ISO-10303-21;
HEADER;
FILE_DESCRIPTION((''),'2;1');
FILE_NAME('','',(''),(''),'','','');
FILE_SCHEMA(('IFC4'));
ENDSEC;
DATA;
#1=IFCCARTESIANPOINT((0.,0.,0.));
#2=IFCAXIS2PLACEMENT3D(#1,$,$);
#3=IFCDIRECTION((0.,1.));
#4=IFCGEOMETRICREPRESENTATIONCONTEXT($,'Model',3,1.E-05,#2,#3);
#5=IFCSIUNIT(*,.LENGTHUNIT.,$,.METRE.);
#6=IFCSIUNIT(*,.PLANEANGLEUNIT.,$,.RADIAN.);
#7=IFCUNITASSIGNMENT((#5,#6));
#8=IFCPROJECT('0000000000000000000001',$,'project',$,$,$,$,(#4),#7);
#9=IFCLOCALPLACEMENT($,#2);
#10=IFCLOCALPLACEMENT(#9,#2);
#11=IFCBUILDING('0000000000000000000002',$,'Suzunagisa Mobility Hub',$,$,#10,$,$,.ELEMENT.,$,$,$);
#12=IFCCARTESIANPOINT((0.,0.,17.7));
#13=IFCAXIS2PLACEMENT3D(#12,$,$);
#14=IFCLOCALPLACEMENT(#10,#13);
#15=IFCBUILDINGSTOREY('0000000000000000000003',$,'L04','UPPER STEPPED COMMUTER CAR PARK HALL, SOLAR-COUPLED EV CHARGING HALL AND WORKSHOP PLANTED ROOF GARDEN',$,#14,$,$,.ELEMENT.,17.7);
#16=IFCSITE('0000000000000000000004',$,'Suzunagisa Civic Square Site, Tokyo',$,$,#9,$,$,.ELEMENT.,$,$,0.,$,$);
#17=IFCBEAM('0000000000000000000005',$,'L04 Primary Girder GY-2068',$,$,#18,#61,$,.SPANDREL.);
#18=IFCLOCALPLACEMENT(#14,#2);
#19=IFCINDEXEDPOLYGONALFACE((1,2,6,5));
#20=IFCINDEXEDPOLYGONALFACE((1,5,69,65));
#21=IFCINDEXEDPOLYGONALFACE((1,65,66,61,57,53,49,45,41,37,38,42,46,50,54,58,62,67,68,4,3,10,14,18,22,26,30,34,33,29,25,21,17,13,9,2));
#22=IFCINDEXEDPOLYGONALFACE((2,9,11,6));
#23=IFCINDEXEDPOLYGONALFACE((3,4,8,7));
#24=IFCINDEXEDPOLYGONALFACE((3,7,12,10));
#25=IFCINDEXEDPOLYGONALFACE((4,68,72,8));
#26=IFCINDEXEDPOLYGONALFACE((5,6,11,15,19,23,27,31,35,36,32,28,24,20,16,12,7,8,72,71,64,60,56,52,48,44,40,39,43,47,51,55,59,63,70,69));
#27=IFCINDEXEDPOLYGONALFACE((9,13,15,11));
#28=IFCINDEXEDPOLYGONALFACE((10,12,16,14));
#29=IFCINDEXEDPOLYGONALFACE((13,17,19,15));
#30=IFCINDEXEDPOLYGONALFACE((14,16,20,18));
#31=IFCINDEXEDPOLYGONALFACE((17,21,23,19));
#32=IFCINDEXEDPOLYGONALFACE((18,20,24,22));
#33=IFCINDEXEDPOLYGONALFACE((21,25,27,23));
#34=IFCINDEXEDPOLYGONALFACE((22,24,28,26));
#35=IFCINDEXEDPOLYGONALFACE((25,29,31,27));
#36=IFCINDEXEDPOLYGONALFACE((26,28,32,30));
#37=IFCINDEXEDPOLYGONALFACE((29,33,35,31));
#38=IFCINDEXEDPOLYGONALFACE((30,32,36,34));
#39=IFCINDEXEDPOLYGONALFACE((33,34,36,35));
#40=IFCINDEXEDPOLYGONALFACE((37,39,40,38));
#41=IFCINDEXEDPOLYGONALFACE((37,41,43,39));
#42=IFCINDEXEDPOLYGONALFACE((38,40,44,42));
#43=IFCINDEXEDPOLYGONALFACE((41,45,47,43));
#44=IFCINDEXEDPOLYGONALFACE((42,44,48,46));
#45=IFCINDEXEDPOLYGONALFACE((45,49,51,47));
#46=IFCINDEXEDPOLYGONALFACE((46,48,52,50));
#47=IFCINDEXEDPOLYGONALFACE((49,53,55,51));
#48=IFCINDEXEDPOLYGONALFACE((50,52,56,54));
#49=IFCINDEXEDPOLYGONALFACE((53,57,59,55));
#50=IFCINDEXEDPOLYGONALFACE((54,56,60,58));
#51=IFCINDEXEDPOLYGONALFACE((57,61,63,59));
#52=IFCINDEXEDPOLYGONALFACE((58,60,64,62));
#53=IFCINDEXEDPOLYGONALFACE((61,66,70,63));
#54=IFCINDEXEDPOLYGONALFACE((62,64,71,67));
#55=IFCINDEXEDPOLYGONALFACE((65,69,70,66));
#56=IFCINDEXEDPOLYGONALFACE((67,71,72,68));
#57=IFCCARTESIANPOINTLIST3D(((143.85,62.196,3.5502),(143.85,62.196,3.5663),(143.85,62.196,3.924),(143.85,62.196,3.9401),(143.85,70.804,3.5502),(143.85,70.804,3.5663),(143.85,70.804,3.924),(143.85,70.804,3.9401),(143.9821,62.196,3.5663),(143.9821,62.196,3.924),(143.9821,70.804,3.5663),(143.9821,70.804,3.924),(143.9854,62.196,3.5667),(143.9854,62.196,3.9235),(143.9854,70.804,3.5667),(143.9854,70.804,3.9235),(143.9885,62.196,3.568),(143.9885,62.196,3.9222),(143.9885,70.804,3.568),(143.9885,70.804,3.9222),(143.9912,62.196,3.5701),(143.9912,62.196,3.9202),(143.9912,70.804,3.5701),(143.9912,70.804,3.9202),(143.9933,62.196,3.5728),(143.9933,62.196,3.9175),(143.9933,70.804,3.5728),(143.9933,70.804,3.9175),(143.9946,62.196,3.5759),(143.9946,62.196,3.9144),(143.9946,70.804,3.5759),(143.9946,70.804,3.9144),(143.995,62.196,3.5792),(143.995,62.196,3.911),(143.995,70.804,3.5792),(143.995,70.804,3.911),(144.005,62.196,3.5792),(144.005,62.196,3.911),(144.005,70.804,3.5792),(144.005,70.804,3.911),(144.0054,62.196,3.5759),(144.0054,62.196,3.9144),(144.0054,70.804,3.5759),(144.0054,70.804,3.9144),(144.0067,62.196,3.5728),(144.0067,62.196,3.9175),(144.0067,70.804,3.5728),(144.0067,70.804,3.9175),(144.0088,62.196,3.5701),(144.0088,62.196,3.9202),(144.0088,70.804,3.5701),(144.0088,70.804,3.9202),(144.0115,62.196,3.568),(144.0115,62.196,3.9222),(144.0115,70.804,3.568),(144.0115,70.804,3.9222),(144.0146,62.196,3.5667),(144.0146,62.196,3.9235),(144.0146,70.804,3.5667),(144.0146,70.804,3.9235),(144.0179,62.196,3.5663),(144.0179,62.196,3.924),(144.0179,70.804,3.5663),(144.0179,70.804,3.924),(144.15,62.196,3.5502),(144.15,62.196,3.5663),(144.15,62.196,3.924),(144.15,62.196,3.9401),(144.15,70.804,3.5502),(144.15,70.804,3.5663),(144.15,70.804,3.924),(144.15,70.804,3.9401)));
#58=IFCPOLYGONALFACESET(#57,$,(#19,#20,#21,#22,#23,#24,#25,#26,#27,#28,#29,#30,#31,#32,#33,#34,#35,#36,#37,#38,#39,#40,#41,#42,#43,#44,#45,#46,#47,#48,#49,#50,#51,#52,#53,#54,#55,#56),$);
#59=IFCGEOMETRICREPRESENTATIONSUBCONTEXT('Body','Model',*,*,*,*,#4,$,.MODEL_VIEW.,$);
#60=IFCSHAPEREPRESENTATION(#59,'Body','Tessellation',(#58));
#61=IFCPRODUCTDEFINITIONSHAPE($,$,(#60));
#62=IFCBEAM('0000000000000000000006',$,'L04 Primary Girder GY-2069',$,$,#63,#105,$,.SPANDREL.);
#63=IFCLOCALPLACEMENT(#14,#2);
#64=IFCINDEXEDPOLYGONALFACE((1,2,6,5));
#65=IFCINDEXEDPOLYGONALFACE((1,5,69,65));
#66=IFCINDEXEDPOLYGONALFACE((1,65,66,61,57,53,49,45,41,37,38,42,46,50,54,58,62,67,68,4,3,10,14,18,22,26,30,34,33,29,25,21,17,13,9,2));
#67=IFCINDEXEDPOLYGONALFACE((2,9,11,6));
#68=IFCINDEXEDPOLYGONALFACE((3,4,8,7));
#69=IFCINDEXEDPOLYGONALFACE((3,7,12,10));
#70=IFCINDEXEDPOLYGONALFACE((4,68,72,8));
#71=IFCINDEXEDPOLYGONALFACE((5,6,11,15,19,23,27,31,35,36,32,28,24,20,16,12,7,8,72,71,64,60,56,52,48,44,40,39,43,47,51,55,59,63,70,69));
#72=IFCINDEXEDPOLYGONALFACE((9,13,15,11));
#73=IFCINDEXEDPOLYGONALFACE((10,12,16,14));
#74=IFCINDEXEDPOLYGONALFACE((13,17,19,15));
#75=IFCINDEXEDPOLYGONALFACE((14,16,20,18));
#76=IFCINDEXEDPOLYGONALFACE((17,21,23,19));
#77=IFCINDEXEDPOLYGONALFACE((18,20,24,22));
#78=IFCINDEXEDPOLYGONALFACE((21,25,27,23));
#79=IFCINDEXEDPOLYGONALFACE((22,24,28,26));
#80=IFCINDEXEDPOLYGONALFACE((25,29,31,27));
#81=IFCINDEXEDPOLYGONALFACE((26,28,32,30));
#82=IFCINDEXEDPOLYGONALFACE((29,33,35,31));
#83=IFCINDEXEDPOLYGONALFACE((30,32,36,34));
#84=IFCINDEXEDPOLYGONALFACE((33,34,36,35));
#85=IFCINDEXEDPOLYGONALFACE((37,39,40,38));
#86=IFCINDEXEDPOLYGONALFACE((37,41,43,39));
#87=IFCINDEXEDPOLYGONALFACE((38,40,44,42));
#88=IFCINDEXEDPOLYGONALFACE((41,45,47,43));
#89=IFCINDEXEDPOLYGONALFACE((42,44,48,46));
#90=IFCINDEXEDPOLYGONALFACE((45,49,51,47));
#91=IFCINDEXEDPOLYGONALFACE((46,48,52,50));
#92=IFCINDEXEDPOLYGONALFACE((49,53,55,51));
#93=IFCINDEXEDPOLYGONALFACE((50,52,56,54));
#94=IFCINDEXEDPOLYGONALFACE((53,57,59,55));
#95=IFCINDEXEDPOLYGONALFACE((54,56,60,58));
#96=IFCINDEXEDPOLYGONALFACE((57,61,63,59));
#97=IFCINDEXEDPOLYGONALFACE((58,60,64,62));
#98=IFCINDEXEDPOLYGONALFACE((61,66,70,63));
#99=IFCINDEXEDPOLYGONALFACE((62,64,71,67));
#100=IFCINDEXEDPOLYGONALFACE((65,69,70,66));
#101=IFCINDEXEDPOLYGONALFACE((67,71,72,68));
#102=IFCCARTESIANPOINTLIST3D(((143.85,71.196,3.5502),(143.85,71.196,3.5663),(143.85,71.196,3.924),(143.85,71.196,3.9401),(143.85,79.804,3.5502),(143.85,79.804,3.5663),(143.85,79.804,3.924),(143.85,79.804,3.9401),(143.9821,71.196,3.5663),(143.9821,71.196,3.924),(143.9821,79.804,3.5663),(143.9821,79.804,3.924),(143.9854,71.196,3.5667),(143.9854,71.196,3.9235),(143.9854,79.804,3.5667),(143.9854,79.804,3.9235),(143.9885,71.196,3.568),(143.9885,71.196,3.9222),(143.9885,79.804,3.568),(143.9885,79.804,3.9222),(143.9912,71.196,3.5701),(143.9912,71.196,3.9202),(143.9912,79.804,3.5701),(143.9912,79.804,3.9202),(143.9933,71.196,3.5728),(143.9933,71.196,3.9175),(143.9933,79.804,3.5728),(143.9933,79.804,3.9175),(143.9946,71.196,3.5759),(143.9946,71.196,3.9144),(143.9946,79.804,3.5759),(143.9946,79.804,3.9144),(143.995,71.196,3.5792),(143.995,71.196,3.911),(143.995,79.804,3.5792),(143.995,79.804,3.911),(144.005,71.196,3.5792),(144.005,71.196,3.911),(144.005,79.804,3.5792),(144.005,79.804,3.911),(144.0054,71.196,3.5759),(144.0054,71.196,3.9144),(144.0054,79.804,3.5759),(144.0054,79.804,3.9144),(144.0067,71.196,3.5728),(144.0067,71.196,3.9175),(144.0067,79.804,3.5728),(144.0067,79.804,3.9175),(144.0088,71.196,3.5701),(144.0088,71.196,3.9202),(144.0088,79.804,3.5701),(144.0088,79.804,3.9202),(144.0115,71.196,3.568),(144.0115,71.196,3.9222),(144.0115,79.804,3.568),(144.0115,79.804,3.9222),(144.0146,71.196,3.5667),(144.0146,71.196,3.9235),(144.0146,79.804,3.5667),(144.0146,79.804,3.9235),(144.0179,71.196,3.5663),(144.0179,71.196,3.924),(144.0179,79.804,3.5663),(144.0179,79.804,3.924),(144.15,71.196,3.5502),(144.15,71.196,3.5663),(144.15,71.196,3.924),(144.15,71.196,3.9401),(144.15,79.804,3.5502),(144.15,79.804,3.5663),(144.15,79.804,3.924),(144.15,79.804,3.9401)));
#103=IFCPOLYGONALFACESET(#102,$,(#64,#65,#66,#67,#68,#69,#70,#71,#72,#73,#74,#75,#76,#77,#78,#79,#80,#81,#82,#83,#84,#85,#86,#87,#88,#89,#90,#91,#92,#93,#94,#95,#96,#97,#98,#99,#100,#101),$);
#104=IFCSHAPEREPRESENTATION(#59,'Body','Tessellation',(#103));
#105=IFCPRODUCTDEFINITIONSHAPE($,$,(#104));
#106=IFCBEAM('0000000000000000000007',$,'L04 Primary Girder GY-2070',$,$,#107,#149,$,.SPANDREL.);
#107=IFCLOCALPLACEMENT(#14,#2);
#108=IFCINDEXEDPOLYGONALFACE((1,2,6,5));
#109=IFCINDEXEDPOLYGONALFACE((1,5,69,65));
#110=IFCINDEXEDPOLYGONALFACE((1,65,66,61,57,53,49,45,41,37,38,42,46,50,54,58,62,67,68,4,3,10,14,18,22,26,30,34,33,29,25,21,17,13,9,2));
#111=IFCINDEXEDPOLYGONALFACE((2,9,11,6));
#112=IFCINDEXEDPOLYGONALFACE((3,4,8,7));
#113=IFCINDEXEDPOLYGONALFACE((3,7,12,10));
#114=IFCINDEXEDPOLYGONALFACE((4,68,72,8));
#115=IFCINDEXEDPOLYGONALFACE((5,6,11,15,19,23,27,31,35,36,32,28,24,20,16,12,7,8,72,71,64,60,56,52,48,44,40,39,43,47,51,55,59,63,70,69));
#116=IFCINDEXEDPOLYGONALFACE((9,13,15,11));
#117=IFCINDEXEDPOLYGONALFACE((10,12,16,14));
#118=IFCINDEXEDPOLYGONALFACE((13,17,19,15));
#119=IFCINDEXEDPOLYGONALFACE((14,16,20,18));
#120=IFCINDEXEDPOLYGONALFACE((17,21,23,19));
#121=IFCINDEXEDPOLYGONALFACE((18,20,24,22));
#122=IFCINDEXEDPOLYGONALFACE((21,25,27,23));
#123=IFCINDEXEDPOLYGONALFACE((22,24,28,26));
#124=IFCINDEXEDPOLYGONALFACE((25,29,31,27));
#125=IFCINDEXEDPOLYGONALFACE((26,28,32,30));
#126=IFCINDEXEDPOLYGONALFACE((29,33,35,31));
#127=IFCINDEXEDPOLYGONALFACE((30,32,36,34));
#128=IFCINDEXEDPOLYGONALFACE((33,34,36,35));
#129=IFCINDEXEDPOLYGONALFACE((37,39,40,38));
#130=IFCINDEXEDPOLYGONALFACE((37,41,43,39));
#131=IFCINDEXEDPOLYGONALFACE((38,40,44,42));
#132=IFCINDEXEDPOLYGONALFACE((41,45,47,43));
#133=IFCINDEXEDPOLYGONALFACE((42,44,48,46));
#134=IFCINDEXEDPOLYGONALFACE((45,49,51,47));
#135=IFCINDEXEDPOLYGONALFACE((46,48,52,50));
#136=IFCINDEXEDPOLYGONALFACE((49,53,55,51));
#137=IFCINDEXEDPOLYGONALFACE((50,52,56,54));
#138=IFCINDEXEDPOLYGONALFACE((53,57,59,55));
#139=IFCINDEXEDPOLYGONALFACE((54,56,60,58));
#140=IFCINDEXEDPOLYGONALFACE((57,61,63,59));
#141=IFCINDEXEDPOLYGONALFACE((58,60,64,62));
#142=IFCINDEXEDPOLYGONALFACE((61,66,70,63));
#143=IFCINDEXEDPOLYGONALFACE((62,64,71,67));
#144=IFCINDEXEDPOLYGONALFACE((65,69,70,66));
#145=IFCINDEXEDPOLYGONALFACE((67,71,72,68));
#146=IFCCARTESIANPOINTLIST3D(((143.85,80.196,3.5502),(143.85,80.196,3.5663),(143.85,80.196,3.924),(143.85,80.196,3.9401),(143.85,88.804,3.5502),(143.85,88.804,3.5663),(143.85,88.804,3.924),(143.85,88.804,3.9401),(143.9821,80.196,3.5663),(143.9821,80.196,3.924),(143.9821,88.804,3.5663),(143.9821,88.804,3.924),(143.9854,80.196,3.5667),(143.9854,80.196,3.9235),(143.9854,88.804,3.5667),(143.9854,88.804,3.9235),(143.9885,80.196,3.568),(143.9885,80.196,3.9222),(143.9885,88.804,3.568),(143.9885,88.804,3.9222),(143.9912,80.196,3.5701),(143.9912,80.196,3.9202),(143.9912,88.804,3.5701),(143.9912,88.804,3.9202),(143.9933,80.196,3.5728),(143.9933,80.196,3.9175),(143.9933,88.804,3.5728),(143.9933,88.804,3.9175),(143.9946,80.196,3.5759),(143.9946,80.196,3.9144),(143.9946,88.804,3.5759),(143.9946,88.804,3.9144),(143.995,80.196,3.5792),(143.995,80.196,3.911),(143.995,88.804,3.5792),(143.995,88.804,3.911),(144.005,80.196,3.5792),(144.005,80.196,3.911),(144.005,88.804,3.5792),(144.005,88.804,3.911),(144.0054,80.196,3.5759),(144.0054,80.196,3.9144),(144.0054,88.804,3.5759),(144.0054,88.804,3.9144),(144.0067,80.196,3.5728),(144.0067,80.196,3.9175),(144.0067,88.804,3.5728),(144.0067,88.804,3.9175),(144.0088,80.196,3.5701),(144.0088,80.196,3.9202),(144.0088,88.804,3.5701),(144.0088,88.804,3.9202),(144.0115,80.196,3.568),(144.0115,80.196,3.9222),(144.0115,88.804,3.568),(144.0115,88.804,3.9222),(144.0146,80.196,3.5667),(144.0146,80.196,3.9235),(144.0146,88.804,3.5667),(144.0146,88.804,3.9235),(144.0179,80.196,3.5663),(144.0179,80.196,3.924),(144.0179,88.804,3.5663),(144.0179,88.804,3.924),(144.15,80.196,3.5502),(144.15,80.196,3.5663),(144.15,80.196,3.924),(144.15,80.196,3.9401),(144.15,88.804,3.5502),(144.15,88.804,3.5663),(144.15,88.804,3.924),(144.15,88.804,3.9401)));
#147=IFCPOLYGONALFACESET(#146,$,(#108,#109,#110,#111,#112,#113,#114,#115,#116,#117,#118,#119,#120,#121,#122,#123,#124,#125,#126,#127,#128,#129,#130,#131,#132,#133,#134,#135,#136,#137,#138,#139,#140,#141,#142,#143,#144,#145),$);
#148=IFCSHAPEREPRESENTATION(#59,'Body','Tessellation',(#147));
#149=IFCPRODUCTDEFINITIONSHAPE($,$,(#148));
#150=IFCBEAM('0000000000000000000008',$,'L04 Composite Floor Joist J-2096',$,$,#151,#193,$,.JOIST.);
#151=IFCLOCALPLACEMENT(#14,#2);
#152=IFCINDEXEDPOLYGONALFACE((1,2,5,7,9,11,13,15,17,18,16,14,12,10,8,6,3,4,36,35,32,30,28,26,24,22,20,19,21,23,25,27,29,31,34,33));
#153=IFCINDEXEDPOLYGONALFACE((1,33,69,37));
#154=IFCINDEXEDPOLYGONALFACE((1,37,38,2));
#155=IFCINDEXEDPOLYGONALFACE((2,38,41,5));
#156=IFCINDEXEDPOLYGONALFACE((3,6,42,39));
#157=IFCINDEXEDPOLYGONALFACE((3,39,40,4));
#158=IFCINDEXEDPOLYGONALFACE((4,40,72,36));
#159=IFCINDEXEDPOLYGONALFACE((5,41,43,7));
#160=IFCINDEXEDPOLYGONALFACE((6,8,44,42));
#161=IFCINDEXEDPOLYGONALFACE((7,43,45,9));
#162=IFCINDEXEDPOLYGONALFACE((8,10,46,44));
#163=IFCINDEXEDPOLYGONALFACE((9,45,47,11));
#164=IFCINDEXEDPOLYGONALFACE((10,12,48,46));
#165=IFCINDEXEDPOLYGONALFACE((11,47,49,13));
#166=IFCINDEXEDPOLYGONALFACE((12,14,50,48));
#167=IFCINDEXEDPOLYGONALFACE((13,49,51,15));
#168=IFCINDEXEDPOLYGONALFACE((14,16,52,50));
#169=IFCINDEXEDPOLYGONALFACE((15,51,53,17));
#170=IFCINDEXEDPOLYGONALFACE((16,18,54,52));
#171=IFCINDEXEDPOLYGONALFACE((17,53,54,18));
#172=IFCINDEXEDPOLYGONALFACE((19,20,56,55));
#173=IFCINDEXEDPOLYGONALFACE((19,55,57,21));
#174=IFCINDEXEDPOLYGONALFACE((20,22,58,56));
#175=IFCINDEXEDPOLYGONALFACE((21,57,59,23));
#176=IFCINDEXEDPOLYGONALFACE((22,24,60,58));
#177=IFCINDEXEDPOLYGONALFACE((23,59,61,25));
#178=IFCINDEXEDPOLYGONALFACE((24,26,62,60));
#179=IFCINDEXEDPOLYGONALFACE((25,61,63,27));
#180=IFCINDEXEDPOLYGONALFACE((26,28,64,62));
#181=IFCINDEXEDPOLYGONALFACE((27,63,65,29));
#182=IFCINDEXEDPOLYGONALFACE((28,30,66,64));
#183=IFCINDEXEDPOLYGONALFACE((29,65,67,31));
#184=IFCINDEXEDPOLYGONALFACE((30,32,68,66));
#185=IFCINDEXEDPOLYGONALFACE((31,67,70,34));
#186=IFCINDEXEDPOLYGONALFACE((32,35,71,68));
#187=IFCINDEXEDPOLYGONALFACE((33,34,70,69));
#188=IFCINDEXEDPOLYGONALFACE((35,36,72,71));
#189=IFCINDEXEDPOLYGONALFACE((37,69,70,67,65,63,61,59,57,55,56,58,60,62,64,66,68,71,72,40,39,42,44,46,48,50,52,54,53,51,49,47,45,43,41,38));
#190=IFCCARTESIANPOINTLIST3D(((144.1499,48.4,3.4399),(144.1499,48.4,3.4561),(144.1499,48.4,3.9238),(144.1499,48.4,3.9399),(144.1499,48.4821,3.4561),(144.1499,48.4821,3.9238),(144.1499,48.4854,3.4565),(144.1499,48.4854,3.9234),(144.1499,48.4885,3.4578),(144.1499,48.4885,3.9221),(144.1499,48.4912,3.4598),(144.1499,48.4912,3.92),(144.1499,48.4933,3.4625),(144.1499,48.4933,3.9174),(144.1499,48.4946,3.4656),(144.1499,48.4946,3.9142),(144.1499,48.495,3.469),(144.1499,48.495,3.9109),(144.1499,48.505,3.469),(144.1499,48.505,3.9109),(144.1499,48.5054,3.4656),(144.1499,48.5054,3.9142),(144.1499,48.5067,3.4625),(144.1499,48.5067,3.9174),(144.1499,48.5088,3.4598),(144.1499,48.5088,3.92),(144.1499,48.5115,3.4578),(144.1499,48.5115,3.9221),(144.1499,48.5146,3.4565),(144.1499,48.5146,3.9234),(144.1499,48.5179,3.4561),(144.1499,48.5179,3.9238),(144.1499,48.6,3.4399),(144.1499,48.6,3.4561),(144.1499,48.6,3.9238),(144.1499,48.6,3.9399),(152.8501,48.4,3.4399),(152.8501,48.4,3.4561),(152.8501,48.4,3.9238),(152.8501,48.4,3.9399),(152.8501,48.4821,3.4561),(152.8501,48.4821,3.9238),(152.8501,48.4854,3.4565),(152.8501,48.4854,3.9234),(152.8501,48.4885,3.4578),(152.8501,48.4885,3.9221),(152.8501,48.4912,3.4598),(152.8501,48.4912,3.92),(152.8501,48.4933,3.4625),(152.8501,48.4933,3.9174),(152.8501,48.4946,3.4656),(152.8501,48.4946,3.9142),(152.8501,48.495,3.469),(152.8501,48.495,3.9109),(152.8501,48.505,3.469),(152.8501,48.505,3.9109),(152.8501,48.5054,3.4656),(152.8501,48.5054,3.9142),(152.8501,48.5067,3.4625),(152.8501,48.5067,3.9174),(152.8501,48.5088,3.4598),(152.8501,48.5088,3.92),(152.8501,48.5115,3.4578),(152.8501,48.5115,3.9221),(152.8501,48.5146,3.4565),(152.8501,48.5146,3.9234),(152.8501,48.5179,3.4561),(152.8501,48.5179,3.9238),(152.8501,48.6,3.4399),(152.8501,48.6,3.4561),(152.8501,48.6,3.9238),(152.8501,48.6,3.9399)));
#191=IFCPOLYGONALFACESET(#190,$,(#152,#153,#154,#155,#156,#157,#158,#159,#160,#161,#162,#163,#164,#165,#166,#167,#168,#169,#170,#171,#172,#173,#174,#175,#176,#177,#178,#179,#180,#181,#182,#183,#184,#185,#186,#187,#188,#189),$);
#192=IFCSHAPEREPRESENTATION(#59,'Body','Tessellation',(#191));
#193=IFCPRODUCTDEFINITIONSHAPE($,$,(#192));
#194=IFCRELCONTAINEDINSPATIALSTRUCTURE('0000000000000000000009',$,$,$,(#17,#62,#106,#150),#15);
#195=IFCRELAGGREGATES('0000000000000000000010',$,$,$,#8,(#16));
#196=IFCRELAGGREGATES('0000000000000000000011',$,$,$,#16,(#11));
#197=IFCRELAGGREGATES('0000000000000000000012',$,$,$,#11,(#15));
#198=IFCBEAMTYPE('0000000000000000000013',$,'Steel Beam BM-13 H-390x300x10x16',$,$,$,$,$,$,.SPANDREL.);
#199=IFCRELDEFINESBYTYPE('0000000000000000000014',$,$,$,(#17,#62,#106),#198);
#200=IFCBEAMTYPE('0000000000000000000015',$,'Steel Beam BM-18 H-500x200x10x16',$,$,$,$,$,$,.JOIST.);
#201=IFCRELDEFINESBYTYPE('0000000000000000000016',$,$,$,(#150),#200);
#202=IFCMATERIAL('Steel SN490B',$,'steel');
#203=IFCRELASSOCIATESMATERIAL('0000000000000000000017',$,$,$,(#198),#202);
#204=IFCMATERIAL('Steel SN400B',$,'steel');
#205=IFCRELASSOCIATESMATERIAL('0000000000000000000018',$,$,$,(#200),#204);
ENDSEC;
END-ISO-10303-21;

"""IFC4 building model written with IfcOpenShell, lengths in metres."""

from ifc_helpers import new_model, si_unit, direction, frame, origin, origin_2d, place, context, subcontext, project, spatial, i_section, extrude, material, material_profile, profile_set, type_object, element, save


model = new_model("IFC4")

# Units and contexts
model_context = context("Model", 3, precision=1e-05, world=origin(), true_north=direction((0.0, 1.0)))
body_context = subcontext(model_context, "Body", "Model", "MODEL_VIEW")
ifc_project = project(units=[si_unit("LENGTHUNIT", "METRE"), si_unit("PLANEANGLEUNIT", "RADIAN")], contexts=[model_context])

# Site, building, storey
site_placement = place(None, origin())
site = spatial("IfcSite", under=ifc_project, at=site_placement, Name="Suzunagisa Civic Square Site, Tokyo", CompositionType="ELEMENT", RefElevation=0.0)
building_placement = place(site_placement, origin())
building = spatial("IfcBuilding", under=site, at=building_placement, Name="Suzunagisa Mobility Hub", CompositionType="ELEMENT")
storey_placement = place(building_placement, frame((0.0, 0.0, 17.7)))
storey = spatial("IfcBuildingStorey", under=building, at=storey_placement, Name="L04", Description="UPPER STEPPED COMMUTER CAR PARK HALL, SOLAR-COUPLED EV CHARGING HALL AND WORKSHOP PLANTED ROOF GARDEN", CompositionType="ELEMENT", Elevation=17.7)

# Shared definitions
ifc_material_1 = material(Name="Steel SN490B", Category="steel")

# Beams
ifc_material_profile_1 = material_profile(ifc_material_1, i_section(OverallWidth=0.3, OverallDepth=0.3899, WebThickness=0.01, FlangeThickness=0.0161, FilletRadius=0.0129, at=origin_2d()), Name="H-390x300x10x16")
ifc_profile_set_1 = profile_set([ifc_material_profile_1], Name="Steel SN490B")
beam_type_1 = type_object("IfcBeamType", Name="Steel Beam BM-13 H-390x300x10x16", PredefinedType="SPANDREL", material=ifc_profile_set_1)
for number, where, z_axis, x_axis, name in (
    (1, (144.0, 62.196, 3.7451), (0.0, 1.0, 0.0), (-1.0, 0.0, 0.0), "L04 Primary Girder GY-2068"),
    (2, (144.0, 71.196, 3.7451), (0.0, 1.0, 0.0), (-1.0, 0.0, 0.0), "L04 Primary Girder GY-2069"),
    (3, (144.0, 80.196, 3.7451), (0.0, 1.0, 0.0), (-1.0, 0.0, 0.0), "L04 Primary Girder GY-2070"),
):
    element("IfcBeam", number, at=place(storey_placement, frame(where, z_axis=z_axis, x_axis=x_axis)), inside=storey, type_object=beam_type_1, Name=name, PredefinedType="SPANDREL", context=body_context, shape_type="SweptSolid", body=[
        extrude(i_section(OverallWidth=0.3, OverallDepth=0.3899, WebThickness=0.01, FlangeThickness=0.0161, FilletRadius=0.0129, at=origin_2d()), origin(), (0.0, 0.0, 1.0), 8.6079),
    ])
ifc_material_2 = material(Name="Steel SN400B", Category="steel")
ifc_material_profile_2 = material_profile(ifc_material_2, i_section(OverallWidth=0.2, OverallDepth=0.5, WebThickness=0.01, FlangeThickness=0.0161, FilletRadius=0.0129, at=origin_2d()), Name="H-500x200x10x16")
ifc_profile_set_2 = profile_set([ifc_material_profile_2], Name="Steel SN400B")
beam_type_2 = type_object("IfcBeamType", Name="Steel Beam BM-18 H-500x200x10x16", PredefinedType="JOIST", material=ifc_profile_set_2)
for number, where, z_axis, x_axis, name in (
    (4, (144.1499, 48.5, 3.6899), (1.0, 0.0, 0.0), (0.0, 1.0, 0.0), "L04 Composite Floor Joist J-2096"),
):
    element("IfcBeam", number, at=place(storey_placement, frame(where, z_axis=z_axis, x_axis=x_axis)), inside=storey, type_object=beam_type_2, Name=name, PredefinedType="JOIST", context=body_context, shape_type="SweptSolid", body=[
        extrude(i_section(OverallWidth=0.2, OverallDepth=0.5, WebThickness=0.01, FlangeThickness=0.0161, FilletRadius=0.0129, at=origin_2d()), origin(), (0.0, 0.0, 1.0), 8.7002),
    ])

save(model, "model.ifc")
